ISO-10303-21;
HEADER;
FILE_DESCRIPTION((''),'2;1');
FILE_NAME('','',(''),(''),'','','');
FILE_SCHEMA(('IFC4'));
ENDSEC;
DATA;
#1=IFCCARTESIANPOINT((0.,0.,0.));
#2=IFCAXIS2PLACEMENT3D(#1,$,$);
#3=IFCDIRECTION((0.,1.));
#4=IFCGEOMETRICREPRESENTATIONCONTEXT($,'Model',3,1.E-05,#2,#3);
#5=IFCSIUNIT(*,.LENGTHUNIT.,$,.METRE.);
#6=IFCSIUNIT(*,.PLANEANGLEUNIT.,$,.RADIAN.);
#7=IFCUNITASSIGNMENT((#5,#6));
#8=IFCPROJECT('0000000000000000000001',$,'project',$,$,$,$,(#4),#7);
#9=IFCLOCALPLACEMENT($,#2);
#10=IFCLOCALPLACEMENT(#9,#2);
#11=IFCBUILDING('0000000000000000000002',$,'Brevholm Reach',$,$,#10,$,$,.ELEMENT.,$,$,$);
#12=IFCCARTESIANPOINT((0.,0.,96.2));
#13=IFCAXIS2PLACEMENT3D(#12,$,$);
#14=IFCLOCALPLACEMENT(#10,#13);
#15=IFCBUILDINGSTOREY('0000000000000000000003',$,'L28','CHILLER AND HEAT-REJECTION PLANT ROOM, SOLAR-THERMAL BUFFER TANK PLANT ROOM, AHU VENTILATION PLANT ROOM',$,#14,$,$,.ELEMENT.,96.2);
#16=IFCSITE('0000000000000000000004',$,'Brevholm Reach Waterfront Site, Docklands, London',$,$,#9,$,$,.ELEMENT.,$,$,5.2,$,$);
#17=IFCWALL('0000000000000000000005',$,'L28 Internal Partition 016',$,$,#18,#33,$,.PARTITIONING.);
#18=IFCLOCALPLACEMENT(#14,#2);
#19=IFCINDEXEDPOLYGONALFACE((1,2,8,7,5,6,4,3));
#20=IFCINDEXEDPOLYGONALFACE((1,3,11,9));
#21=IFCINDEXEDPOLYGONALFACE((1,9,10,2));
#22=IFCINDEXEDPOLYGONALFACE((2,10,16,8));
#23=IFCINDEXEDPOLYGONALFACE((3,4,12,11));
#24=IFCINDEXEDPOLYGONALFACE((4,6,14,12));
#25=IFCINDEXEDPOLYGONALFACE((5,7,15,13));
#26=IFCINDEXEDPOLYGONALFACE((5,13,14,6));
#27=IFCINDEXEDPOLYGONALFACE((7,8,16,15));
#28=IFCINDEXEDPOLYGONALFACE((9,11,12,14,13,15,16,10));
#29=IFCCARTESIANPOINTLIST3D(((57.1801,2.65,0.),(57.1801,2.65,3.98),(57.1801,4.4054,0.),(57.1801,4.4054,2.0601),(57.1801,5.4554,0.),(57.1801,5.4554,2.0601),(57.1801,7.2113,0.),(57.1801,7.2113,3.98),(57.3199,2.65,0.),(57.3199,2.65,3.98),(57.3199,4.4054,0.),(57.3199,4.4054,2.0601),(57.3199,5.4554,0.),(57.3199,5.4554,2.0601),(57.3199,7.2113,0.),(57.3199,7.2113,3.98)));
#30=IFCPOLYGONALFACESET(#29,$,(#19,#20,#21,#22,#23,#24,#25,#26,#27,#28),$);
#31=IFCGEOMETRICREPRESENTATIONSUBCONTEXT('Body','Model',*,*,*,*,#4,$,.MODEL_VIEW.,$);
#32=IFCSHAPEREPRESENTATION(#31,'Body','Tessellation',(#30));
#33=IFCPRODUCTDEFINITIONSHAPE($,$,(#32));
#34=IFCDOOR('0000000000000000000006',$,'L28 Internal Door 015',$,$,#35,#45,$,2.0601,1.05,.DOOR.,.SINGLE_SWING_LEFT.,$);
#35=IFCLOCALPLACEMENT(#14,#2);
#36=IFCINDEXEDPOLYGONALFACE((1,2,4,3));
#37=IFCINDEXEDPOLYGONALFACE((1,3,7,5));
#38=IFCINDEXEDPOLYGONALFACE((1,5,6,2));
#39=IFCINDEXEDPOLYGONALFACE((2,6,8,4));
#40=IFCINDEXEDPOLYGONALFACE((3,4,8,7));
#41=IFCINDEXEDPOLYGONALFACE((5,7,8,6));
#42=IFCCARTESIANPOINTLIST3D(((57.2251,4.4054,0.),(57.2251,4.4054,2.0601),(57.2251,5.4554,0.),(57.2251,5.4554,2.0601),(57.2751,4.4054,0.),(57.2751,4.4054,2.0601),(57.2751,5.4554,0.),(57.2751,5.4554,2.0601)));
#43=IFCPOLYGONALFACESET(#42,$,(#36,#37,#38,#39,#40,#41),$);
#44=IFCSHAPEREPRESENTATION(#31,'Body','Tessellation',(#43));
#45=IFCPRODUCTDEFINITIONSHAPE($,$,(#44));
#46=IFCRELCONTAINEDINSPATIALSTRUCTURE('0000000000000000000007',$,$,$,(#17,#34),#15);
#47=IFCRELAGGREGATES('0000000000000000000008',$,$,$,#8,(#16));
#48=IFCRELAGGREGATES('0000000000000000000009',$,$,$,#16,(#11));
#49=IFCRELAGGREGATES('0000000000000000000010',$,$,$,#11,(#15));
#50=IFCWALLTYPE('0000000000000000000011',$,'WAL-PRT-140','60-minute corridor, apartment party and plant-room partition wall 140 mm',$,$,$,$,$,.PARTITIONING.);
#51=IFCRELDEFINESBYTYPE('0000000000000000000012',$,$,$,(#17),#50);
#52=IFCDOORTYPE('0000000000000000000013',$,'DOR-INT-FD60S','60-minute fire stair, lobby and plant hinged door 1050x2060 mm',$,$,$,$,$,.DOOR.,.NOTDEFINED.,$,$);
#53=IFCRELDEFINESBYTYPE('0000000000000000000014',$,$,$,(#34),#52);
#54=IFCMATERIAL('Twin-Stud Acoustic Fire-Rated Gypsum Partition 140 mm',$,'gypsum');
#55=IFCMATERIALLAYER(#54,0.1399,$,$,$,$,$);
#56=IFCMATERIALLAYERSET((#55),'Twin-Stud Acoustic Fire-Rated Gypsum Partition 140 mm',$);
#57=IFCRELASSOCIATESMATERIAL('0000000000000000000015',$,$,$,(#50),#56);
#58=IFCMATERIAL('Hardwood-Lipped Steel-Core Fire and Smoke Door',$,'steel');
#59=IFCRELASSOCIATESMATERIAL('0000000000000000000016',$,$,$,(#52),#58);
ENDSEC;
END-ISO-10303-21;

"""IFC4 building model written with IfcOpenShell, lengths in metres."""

from ifc_helpers import new_model, si_unit, direction, frame, frame_2d, origin, place, context, subcontext, project, spatial, rectangle, extrude, material, layer, layer_set, type_object, element, fill, save


model = new_model("IFC4")

# Units and contexts
model_context = context("Model", 3, precision=1e-05, world=origin(), true_north=direction((0.0, 1.0)))
body_context = subcontext(model_context, "Body", "Model", "MODEL_VIEW")
ifc_project = project(units=[si_unit("LENGTHUNIT", "METRE"), si_unit("PLANEANGLEUNIT", "RADIAN")], contexts=[model_context])

# Site, building, storey
site_placement = place(None, origin())
site = spatial("IfcSite", under=ifc_project, at=site_placement, Name="Brevholm Reach Waterfront Site, Docklands, London", CompositionType="ELEMENT", RefElevation=5.2)
building_placement = place(site_placement, origin())
building = spatial("IfcBuilding", under=site, at=building_placement, Name="Brevholm Reach", CompositionType="ELEMENT")
storey_placement = place(building_placement, frame((0.0, 0.0, 96.2)))
storey = spatial("IfcBuildingStorey", under=building, at=storey_placement, Name="L28", Description="CHILLER AND HEAT-REJECTION PLANT ROOM, SOLAR-THERMAL BUFFER TANK PLANT ROOM, AHU VENTILATION PLANT ROOM", CompositionType="ELEMENT", Elevation=96.2)

# Wall, opening, door
ifc_material_1 = material(Name="Twin-Stud Acoustic Fire-Rated Gypsum Partition 140 mm", Category="gypsum")
ifc_layer_1 = layer(ifc_material_1, 0.1399)
ifc_layer_set_1 = layer_set([ifc_layer_1], Name="Twin-Stud Acoustic Fire-Rated Gypsum Partition 140 mm")
wall_type_1 = type_object("IfcWallType", Name="WAL-PRT-140", Description="60-minute corridor, apartment party and plant-room partition wall 140 mm", PredefinedType="PARTITIONING", material=ifc_layer_set_1)
wall_1_placement = place(storey_placement, frame((57.25, 2.6499, 0.0), z_axis=(0.0, 0.0, 1.0), x_axis=(0.0, 1.0, 0.0)))
wall_1 = element("IfcWall", 1, at=wall_1_placement, inside=storey, type_object=wall_type_1, Name="L28 Internal Partition 016", PredefinedType="PARTITIONING", context=body_context, shape_type="SweptSolid", body=[
    extrude(rectangle(XDim=4.5613, YDim=0.1399, at=frame_2d((2.2808, 0.0))), origin(), (0.0, 0.0, 1.0), 3.98),
])
opening_1_placement = place(wall_1_placement, frame((1.7556, 0.0, 0.0)))
opening_1 = element("IfcOpeningElement", 2, at=opening_1_placement, cuts=wall_1, PredefinedType="OPENING", context=body_context, shape_type="SweptSolid", body=[
    extrude(rectangle(XDim=1.05, YDim=2.0601, at=frame_2d((0.5249, 1.03))), frame((0.0, 0.0798, 0.0), z_axis=(0.0, -1.0, 0.0), x_axis=(1.0, 0.0, 0.0)), (0.0, 0.0, 1.0), 0.1599),
])
ifc_material_2 = material(Name="Hardwood-Lipped Steel-Core Fire and Smoke Door", Category="steel")
door_type_1 = type_object("IfcDoorType", Name="DOR-INT-FD60S", Description="60-minute fire stair, lobby and plant hinged door 1050x2060 mm", OperationType="NOTDEFINED", PredefinedType="DOOR", material=ifc_material_2)
door_1_placement = place(opening_1_placement, origin())
door_1 = element("IfcDoor", 3, at=door_1_placement, inside=storey, type_object=door_type_1, Name="L28 Internal Door 015", OperationType="SINGLE_SWING_LEFT", OverallHeight=2.0601, OverallWidth=1.05, PredefinedType="DOOR", context=body_context, shape_type="SweptSolid", body=[
    extrude(rectangle(XDim=1.05, YDim=2.0601, at=frame_2d((0.5249, 1.03))), frame((0.0, 0.0249, 0.0), z_axis=(0.0, -1.0, 0.0), x_axis=(1.0, 0.0, 0.0)), (0.0, 0.0, 1.0), 0.05),
])
fill(opening_1, door_1)

save(model, "model.ifc")
